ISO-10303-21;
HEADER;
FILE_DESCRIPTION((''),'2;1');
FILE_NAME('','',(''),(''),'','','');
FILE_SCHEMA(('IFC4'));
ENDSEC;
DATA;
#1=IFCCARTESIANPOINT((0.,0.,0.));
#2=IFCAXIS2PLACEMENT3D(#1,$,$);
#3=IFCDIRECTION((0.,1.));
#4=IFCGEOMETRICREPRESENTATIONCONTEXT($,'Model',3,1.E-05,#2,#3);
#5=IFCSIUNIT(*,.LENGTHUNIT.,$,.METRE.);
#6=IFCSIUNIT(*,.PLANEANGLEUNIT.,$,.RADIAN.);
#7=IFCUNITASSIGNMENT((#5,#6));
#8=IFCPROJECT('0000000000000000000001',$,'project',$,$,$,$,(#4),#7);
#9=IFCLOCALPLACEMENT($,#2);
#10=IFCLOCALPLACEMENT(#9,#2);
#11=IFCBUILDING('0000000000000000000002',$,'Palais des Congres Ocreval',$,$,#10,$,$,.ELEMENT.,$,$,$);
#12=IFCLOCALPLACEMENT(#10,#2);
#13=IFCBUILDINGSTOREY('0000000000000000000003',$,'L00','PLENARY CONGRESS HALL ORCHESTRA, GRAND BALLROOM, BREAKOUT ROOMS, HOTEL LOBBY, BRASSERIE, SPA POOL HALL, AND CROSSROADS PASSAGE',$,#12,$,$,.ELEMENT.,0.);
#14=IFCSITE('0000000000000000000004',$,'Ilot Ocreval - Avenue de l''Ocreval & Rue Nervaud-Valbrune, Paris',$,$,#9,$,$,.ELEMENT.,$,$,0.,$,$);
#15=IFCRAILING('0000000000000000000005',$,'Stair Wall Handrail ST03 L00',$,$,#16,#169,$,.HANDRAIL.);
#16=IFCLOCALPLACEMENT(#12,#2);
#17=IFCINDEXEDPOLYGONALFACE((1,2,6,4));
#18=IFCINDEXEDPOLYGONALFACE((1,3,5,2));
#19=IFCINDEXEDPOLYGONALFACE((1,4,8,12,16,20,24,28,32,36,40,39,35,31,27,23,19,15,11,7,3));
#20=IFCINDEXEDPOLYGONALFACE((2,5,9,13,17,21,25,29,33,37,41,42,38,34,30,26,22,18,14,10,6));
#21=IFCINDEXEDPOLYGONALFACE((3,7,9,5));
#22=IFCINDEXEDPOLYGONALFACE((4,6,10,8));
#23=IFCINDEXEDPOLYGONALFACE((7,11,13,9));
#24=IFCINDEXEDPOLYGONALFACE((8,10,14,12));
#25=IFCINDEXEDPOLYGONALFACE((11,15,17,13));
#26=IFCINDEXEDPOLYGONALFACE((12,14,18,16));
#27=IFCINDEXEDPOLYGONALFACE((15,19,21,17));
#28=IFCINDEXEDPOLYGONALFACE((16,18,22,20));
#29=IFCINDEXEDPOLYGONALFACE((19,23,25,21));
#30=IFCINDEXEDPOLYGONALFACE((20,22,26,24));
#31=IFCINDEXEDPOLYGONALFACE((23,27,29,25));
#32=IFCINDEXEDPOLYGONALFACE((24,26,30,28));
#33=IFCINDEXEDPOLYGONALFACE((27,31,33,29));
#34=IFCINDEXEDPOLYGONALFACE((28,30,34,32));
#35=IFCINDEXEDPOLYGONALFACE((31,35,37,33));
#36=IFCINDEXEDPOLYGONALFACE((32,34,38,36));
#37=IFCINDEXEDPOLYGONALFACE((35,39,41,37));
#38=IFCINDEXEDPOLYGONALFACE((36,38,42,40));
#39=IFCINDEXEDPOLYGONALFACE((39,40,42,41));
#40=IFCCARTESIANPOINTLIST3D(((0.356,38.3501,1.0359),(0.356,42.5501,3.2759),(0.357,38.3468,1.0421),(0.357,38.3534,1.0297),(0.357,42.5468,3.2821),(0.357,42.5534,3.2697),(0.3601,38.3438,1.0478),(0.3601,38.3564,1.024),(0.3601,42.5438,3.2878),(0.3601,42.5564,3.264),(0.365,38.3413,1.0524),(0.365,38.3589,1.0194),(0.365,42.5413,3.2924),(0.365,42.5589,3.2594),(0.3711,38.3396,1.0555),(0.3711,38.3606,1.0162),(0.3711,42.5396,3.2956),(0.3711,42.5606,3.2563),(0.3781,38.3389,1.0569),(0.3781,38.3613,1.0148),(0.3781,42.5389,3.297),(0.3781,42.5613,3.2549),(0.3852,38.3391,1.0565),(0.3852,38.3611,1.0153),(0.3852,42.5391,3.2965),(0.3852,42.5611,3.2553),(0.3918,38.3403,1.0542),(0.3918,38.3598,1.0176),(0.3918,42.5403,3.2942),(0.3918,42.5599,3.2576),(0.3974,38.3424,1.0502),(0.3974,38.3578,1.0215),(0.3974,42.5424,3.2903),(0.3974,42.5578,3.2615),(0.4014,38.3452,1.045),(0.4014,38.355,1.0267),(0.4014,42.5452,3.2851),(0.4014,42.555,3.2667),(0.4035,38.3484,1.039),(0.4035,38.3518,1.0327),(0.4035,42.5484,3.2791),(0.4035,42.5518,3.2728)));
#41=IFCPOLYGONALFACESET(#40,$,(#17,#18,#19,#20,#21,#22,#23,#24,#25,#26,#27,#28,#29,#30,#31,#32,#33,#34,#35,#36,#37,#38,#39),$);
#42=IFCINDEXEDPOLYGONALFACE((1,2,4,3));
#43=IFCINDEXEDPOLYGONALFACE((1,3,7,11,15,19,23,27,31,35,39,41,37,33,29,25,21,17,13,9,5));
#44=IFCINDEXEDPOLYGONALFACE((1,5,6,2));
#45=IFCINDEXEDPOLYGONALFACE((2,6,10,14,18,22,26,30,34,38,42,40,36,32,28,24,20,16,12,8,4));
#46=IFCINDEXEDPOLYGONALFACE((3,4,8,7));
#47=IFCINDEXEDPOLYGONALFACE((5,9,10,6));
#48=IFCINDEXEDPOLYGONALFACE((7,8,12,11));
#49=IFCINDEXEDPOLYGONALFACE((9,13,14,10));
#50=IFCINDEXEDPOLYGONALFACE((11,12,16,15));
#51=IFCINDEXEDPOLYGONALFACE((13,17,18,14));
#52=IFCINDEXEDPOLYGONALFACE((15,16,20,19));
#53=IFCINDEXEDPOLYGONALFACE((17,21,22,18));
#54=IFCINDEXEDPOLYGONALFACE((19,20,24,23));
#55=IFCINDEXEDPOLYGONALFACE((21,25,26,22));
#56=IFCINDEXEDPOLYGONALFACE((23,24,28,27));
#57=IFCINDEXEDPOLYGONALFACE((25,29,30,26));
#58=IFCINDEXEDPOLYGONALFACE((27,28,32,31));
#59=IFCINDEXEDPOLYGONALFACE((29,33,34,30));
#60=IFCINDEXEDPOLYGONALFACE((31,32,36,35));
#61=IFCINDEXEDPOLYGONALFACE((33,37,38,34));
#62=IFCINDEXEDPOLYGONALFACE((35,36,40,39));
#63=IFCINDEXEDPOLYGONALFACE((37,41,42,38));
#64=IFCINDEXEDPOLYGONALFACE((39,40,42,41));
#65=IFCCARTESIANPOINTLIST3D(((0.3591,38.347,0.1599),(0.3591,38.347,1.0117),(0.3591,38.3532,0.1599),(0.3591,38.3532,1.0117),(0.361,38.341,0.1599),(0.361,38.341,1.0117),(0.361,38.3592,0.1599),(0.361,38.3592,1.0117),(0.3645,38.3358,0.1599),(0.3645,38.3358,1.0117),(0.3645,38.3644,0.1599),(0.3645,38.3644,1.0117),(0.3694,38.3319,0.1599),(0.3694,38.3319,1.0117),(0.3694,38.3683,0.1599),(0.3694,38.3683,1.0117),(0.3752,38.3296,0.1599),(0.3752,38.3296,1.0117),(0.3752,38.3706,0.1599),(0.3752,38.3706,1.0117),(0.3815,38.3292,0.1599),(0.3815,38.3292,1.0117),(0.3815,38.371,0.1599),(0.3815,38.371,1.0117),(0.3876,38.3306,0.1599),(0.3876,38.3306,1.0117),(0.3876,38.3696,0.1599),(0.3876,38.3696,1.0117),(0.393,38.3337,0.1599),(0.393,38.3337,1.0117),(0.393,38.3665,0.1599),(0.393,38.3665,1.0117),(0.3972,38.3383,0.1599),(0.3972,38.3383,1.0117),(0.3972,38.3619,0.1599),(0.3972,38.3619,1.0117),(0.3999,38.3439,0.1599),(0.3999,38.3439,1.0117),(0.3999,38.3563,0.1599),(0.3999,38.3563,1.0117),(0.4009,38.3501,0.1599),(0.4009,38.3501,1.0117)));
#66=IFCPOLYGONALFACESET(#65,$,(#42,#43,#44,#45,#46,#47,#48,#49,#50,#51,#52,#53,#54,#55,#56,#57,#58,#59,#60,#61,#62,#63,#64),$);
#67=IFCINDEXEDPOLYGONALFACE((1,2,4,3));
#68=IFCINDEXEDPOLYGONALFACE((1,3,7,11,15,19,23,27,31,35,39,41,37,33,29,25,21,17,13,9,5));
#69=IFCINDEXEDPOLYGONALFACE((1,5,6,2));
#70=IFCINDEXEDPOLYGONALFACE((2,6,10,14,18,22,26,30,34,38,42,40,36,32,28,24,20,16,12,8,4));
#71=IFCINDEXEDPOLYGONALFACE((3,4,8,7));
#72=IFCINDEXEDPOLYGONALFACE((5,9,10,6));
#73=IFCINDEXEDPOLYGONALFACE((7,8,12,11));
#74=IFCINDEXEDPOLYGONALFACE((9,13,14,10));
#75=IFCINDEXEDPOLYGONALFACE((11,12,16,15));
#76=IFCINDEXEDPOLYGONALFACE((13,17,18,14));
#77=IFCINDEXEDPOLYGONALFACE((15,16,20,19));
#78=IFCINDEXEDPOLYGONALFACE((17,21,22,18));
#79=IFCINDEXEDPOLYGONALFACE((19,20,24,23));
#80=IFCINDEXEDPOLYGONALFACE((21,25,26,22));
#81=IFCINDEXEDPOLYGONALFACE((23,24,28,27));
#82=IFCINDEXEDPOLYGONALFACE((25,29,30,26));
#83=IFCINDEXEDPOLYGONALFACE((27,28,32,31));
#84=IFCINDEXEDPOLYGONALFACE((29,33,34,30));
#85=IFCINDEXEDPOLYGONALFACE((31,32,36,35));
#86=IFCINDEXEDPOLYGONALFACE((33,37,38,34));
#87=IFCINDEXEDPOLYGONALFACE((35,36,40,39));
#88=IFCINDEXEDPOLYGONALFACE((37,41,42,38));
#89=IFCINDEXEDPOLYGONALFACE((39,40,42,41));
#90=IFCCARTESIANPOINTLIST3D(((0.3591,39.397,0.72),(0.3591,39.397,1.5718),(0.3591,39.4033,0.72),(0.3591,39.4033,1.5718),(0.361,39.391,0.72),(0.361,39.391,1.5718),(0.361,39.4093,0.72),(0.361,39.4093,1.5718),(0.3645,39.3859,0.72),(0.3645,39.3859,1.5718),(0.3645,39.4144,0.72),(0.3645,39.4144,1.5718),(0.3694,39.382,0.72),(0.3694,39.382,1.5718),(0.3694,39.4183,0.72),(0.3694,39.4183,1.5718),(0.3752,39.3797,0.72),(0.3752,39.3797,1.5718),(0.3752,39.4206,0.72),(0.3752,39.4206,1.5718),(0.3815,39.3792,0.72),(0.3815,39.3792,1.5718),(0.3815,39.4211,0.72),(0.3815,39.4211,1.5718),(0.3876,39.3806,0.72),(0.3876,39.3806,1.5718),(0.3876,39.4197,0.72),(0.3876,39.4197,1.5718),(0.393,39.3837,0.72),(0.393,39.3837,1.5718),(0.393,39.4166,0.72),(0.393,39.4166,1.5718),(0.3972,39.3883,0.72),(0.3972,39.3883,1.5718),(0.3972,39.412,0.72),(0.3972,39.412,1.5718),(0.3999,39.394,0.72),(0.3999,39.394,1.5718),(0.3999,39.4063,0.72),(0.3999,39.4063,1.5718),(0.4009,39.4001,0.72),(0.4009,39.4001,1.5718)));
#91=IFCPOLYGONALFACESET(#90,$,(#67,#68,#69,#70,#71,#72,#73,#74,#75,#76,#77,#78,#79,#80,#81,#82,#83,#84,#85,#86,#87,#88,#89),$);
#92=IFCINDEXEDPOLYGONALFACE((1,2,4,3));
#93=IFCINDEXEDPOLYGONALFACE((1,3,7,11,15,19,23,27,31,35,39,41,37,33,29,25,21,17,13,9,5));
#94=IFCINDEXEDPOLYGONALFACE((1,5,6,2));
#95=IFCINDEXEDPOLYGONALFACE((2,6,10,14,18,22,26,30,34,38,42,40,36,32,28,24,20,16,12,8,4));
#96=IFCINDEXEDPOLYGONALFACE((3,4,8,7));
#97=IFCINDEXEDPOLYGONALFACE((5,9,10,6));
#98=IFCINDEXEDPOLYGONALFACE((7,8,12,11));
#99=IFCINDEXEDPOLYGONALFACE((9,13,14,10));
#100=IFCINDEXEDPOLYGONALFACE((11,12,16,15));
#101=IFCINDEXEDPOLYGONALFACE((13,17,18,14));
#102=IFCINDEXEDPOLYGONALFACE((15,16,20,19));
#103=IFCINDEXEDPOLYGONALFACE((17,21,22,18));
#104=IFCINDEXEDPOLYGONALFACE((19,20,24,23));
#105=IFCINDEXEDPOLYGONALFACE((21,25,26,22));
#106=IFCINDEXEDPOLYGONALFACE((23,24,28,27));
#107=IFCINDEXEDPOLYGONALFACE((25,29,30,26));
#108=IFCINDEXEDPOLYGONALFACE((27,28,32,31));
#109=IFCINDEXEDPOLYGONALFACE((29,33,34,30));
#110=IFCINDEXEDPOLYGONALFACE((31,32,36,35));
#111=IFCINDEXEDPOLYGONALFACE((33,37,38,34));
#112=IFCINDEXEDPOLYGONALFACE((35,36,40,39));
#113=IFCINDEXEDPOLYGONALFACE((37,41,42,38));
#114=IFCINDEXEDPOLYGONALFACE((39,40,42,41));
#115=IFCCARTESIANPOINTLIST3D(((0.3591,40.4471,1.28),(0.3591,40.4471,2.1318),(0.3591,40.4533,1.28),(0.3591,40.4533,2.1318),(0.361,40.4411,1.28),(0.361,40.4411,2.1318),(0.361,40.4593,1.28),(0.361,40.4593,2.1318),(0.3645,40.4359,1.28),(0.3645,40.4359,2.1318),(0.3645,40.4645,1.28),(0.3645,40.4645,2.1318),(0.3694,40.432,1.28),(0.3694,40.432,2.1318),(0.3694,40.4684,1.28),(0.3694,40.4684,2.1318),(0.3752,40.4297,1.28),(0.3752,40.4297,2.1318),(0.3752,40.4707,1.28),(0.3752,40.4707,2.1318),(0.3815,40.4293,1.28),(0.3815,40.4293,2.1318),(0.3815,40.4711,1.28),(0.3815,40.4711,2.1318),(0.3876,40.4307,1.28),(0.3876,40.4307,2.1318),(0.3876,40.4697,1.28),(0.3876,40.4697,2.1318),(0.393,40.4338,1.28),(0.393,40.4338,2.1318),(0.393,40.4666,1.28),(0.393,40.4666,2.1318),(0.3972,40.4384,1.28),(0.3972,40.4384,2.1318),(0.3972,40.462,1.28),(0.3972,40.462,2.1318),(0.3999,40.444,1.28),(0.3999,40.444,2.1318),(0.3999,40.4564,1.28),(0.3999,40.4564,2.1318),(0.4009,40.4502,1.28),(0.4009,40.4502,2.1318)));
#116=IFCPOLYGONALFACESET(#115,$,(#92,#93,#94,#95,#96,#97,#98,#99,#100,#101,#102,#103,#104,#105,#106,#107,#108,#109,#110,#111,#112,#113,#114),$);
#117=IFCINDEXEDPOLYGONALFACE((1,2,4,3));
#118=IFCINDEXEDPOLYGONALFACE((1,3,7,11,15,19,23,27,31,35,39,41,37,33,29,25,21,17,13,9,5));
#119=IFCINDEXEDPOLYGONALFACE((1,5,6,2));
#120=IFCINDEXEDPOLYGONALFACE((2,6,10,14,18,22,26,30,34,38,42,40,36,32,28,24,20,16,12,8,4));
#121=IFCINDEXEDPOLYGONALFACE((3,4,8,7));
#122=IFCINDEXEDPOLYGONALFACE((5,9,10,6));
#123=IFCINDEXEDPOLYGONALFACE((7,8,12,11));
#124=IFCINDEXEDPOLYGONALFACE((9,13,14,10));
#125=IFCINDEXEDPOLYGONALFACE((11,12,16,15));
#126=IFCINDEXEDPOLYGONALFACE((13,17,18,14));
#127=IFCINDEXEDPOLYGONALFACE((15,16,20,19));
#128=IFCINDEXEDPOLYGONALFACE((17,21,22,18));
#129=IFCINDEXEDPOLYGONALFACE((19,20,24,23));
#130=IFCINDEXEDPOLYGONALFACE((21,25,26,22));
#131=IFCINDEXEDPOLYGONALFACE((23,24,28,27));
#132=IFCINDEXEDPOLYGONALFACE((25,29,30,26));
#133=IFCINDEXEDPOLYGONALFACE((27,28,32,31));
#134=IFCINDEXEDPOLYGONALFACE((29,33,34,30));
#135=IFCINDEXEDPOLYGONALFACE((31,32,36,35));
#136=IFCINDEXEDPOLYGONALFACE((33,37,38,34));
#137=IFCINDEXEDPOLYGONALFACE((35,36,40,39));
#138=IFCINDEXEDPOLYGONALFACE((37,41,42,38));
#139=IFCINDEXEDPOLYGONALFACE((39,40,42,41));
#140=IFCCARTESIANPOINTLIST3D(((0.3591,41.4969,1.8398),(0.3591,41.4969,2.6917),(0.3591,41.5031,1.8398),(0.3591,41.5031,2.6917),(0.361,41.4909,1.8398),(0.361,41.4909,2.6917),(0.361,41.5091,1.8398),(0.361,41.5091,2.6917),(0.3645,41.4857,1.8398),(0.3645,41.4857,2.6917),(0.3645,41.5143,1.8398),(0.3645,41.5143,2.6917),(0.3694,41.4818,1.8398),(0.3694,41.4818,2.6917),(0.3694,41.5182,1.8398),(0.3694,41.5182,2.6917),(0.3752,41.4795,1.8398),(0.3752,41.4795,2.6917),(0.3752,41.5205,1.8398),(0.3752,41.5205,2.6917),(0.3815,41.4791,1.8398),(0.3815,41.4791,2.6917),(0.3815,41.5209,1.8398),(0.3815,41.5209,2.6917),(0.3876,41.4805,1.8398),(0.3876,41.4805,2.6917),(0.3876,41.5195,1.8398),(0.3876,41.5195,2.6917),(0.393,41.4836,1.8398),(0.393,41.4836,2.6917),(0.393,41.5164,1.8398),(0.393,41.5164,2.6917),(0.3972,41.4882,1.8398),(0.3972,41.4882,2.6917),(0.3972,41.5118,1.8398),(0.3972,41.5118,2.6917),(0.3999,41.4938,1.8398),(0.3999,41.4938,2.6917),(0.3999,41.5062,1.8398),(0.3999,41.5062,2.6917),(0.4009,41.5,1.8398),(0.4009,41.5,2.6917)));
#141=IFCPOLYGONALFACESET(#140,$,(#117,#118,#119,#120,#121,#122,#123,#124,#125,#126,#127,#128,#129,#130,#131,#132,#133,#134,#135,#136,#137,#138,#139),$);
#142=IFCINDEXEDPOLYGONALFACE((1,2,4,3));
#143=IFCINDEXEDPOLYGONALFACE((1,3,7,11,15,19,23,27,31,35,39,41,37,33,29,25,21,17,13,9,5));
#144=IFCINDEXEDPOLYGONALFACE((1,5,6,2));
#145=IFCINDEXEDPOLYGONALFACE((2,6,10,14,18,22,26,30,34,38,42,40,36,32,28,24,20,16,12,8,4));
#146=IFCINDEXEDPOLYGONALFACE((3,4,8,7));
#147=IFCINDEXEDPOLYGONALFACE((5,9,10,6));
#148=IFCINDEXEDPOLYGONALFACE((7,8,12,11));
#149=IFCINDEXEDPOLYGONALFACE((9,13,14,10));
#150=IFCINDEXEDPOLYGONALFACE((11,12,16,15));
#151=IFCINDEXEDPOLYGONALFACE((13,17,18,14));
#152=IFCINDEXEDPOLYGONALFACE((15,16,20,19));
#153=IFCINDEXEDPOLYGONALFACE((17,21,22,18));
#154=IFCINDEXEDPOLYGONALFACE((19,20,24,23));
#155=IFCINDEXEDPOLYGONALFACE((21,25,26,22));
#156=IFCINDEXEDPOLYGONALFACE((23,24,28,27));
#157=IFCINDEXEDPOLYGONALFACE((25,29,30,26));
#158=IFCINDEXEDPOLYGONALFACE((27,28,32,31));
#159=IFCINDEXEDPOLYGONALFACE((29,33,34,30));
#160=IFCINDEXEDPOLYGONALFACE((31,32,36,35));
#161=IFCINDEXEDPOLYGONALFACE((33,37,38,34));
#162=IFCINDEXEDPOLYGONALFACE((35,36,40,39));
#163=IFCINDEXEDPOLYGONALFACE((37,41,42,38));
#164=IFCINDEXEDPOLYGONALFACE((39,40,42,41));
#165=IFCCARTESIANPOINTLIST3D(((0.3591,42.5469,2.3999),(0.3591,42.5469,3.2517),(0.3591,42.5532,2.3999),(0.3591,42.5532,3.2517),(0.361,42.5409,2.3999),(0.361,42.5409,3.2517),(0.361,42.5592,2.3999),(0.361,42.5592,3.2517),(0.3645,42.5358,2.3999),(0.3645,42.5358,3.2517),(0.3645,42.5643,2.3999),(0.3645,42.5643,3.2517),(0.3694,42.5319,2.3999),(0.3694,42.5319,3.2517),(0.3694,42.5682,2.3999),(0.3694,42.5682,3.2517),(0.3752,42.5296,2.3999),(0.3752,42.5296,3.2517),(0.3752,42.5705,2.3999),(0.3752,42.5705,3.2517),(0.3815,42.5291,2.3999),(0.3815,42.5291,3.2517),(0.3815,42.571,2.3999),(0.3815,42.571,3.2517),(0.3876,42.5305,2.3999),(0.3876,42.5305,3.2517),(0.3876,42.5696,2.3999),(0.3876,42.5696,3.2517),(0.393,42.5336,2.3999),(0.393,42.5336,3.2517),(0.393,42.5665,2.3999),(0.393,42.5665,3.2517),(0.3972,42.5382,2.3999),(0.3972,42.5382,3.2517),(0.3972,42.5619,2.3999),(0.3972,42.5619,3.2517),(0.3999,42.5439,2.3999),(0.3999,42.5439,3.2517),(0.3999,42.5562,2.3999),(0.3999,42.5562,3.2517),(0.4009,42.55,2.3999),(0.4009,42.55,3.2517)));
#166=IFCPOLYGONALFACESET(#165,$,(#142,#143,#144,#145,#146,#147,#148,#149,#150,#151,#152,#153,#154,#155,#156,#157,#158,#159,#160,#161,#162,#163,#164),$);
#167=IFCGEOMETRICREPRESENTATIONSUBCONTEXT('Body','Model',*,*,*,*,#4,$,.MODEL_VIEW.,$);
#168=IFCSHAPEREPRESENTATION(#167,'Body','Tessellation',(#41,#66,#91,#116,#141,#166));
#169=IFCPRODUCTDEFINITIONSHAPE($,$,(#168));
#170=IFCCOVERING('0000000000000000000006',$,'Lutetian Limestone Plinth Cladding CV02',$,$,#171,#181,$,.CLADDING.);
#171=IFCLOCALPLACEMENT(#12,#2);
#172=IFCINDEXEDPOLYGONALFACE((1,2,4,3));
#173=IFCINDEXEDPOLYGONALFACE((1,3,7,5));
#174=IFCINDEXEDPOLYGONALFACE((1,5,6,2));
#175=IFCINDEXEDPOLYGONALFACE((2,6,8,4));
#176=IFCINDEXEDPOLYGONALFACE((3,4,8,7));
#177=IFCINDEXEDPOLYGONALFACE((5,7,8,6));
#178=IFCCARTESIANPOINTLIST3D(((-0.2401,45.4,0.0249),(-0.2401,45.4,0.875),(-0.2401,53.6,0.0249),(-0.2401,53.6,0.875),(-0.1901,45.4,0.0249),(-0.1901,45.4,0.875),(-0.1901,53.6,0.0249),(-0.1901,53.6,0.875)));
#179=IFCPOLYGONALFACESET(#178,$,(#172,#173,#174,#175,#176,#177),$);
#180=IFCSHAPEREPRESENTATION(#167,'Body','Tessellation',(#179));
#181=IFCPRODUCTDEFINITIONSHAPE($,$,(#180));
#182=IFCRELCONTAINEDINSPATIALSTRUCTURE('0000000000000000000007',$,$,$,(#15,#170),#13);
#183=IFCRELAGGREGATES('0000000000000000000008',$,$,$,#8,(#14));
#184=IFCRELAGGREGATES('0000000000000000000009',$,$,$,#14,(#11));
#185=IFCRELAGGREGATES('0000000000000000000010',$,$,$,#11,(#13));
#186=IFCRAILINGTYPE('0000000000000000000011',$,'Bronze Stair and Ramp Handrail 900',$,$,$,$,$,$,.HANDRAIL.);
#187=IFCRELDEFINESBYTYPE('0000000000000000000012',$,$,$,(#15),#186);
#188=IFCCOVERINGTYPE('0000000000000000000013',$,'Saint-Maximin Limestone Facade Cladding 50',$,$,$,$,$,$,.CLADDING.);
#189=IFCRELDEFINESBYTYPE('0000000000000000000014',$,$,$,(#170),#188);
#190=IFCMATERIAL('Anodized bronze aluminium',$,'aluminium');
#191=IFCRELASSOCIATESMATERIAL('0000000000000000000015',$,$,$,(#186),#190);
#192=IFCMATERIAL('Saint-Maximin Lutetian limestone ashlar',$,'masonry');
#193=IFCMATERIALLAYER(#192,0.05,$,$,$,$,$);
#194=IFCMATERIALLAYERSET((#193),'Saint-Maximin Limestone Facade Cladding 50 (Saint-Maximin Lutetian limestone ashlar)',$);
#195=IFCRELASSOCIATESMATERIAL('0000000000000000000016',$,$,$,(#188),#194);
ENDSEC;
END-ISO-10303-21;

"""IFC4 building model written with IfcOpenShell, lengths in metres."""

from ifc_helpers import new_model, si_unit, direction, frame, origin, origin_2d, place, context, subcontext, project, spatial, rectangle, circle, extrude, material, layer, layer_set, type_object, element, save


model = new_model("IFC4")

# Units and contexts
model_context = context("Model", 3, precision=1e-05, world=origin(), true_north=direction((0.0, 1.0)))
body_context = subcontext(model_context, "Body", "Model", "MODEL_VIEW")
ifc_project = project(units=[si_unit("LENGTHUNIT", "METRE"), si_unit("PLANEANGLEUNIT", "RADIAN")], contexts=[model_context])

# Site, building, storey
site_placement = place(None, origin())
site = spatial("IfcSite", under=ifc_project, at=site_placement, Name="Ilot Ocreval - Avenue de l'Ocreval & Rue Nervaud-Valbrune, Paris", CompositionType="ELEMENT", RefElevation=0.0)
building_placement = place(site_placement, origin())
building = spatial("IfcBuilding", under=site, at=building_placement, Name="Palais des Congres Ocreval", CompositionType="ELEMENT")
storey_placement = place(building_placement, origin())
storey = spatial("IfcBuildingStorey", under=building, at=storey_placement, Name="L00", Description="PLENARY CONGRESS HALL ORCHESTRA, GRAND BALLROOM, BREAKOUT ROOMS, HOTEL LOBBY, BRASSERIE, SPA POOL HALL, AND CROSSROADS PASSAGE", CompositionType="ELEMENT", Elevation=0.0)

# Railing
ifc_material_1 = material(Name="Anodized bronze aluminium", Category="aluminium")
railing_type_1 = type_object("IfcRailingType", Name="Bronze Stair and Ramp Handrail 900", PredefinedType="HANDRAIL", material=ifc_material_1)
railing_1_placement = place(storey_placement, frame((0.3799, 38.3501, 0.1599)))
element("IfcRailing", 1, at=railing_1_placement, inside=storey, type_object=railing_type_1, Name="Stair Wall Handrail ST03 L00", PredefinedType="HANDRAIL", context=body_context, shape_type="SweptSolid", body=[
    extrude(circle(Radius=0.0239, at=origin_2d()), frame((0.0, 0.0, 0.876), z_axis=(0.0, 0.882352, 0.470591), x_axis=(-1.0, 0.0, 0.0)), (0.0, 0.0, 1.0), 4.76),
    extrude(circle(Radius=0.021, at=origin_2d()), origin(), (0.0, 0.0, 1.0), 0.8518),
    extrude(circle(Radius=0.021, at=origin_2d()), frame((0.0, 1.05, 0.5601)), (0.0, 0.0, 1.0), 0.8518),
    extrude(circle(Radius=0.021, at=origin_2d()), frame((0.0, 2.1001, 1.1201)), (0.0, 0.0, 1.0), 0.8518),
    extrude(circle(Radius=0.021, at=origin_2d()), frame((0.0, 3.1499, 1.6799)), (0.0, 0.0, 1.0), 0.8518),
    extrude(circle(Radius=0.021, at=origin_2d()), frame((0.0, 4.2, 2.24)), (0.0, 0.0, 1.0), 0.8518),
])

# Covering
ifc_material_2 = material(Name="Saint-Maximin Lutetian limestone ashlar", Category="masonry")
ifc_layer_1 = layer(ifc_material_2, 0.05)
ifc_layer_set_1 = layer_set([ifc_layer_1], Name="Saint-Maximin Limestone Facade Cladding 50 (Saint-Maximin Lutetian limestone ashlar)")
covering_type = type_object("IfcCoveringType", Name="Saint-Maximin Limestone Facade Cladding 50", PredefinedType="CLADDING", material=ifc_layer_set_1)
covering_placement = place(storey_placement, frame((-0.2151, 49.5, 0.0249), z_axis=(0.0, 0.0, 1.0), x_axis=(0.0, 1.0, 0.0)))
element("IfcCovering", 2, at=covering_placement, inside=storey, type_object=covering_type, Name="Lutetian Limestone Plinth Cladding CV02", PredefinedType="CLADDING", context=body_context, shape_type="SweptSolid", body=[
    extrude(rectangle(XDim=8.2, YDim=0.05, at=origin_2d()), origin(), (0.0, 0.0, 1.0), 0.8501),
])

save(model, "model.ifc")
